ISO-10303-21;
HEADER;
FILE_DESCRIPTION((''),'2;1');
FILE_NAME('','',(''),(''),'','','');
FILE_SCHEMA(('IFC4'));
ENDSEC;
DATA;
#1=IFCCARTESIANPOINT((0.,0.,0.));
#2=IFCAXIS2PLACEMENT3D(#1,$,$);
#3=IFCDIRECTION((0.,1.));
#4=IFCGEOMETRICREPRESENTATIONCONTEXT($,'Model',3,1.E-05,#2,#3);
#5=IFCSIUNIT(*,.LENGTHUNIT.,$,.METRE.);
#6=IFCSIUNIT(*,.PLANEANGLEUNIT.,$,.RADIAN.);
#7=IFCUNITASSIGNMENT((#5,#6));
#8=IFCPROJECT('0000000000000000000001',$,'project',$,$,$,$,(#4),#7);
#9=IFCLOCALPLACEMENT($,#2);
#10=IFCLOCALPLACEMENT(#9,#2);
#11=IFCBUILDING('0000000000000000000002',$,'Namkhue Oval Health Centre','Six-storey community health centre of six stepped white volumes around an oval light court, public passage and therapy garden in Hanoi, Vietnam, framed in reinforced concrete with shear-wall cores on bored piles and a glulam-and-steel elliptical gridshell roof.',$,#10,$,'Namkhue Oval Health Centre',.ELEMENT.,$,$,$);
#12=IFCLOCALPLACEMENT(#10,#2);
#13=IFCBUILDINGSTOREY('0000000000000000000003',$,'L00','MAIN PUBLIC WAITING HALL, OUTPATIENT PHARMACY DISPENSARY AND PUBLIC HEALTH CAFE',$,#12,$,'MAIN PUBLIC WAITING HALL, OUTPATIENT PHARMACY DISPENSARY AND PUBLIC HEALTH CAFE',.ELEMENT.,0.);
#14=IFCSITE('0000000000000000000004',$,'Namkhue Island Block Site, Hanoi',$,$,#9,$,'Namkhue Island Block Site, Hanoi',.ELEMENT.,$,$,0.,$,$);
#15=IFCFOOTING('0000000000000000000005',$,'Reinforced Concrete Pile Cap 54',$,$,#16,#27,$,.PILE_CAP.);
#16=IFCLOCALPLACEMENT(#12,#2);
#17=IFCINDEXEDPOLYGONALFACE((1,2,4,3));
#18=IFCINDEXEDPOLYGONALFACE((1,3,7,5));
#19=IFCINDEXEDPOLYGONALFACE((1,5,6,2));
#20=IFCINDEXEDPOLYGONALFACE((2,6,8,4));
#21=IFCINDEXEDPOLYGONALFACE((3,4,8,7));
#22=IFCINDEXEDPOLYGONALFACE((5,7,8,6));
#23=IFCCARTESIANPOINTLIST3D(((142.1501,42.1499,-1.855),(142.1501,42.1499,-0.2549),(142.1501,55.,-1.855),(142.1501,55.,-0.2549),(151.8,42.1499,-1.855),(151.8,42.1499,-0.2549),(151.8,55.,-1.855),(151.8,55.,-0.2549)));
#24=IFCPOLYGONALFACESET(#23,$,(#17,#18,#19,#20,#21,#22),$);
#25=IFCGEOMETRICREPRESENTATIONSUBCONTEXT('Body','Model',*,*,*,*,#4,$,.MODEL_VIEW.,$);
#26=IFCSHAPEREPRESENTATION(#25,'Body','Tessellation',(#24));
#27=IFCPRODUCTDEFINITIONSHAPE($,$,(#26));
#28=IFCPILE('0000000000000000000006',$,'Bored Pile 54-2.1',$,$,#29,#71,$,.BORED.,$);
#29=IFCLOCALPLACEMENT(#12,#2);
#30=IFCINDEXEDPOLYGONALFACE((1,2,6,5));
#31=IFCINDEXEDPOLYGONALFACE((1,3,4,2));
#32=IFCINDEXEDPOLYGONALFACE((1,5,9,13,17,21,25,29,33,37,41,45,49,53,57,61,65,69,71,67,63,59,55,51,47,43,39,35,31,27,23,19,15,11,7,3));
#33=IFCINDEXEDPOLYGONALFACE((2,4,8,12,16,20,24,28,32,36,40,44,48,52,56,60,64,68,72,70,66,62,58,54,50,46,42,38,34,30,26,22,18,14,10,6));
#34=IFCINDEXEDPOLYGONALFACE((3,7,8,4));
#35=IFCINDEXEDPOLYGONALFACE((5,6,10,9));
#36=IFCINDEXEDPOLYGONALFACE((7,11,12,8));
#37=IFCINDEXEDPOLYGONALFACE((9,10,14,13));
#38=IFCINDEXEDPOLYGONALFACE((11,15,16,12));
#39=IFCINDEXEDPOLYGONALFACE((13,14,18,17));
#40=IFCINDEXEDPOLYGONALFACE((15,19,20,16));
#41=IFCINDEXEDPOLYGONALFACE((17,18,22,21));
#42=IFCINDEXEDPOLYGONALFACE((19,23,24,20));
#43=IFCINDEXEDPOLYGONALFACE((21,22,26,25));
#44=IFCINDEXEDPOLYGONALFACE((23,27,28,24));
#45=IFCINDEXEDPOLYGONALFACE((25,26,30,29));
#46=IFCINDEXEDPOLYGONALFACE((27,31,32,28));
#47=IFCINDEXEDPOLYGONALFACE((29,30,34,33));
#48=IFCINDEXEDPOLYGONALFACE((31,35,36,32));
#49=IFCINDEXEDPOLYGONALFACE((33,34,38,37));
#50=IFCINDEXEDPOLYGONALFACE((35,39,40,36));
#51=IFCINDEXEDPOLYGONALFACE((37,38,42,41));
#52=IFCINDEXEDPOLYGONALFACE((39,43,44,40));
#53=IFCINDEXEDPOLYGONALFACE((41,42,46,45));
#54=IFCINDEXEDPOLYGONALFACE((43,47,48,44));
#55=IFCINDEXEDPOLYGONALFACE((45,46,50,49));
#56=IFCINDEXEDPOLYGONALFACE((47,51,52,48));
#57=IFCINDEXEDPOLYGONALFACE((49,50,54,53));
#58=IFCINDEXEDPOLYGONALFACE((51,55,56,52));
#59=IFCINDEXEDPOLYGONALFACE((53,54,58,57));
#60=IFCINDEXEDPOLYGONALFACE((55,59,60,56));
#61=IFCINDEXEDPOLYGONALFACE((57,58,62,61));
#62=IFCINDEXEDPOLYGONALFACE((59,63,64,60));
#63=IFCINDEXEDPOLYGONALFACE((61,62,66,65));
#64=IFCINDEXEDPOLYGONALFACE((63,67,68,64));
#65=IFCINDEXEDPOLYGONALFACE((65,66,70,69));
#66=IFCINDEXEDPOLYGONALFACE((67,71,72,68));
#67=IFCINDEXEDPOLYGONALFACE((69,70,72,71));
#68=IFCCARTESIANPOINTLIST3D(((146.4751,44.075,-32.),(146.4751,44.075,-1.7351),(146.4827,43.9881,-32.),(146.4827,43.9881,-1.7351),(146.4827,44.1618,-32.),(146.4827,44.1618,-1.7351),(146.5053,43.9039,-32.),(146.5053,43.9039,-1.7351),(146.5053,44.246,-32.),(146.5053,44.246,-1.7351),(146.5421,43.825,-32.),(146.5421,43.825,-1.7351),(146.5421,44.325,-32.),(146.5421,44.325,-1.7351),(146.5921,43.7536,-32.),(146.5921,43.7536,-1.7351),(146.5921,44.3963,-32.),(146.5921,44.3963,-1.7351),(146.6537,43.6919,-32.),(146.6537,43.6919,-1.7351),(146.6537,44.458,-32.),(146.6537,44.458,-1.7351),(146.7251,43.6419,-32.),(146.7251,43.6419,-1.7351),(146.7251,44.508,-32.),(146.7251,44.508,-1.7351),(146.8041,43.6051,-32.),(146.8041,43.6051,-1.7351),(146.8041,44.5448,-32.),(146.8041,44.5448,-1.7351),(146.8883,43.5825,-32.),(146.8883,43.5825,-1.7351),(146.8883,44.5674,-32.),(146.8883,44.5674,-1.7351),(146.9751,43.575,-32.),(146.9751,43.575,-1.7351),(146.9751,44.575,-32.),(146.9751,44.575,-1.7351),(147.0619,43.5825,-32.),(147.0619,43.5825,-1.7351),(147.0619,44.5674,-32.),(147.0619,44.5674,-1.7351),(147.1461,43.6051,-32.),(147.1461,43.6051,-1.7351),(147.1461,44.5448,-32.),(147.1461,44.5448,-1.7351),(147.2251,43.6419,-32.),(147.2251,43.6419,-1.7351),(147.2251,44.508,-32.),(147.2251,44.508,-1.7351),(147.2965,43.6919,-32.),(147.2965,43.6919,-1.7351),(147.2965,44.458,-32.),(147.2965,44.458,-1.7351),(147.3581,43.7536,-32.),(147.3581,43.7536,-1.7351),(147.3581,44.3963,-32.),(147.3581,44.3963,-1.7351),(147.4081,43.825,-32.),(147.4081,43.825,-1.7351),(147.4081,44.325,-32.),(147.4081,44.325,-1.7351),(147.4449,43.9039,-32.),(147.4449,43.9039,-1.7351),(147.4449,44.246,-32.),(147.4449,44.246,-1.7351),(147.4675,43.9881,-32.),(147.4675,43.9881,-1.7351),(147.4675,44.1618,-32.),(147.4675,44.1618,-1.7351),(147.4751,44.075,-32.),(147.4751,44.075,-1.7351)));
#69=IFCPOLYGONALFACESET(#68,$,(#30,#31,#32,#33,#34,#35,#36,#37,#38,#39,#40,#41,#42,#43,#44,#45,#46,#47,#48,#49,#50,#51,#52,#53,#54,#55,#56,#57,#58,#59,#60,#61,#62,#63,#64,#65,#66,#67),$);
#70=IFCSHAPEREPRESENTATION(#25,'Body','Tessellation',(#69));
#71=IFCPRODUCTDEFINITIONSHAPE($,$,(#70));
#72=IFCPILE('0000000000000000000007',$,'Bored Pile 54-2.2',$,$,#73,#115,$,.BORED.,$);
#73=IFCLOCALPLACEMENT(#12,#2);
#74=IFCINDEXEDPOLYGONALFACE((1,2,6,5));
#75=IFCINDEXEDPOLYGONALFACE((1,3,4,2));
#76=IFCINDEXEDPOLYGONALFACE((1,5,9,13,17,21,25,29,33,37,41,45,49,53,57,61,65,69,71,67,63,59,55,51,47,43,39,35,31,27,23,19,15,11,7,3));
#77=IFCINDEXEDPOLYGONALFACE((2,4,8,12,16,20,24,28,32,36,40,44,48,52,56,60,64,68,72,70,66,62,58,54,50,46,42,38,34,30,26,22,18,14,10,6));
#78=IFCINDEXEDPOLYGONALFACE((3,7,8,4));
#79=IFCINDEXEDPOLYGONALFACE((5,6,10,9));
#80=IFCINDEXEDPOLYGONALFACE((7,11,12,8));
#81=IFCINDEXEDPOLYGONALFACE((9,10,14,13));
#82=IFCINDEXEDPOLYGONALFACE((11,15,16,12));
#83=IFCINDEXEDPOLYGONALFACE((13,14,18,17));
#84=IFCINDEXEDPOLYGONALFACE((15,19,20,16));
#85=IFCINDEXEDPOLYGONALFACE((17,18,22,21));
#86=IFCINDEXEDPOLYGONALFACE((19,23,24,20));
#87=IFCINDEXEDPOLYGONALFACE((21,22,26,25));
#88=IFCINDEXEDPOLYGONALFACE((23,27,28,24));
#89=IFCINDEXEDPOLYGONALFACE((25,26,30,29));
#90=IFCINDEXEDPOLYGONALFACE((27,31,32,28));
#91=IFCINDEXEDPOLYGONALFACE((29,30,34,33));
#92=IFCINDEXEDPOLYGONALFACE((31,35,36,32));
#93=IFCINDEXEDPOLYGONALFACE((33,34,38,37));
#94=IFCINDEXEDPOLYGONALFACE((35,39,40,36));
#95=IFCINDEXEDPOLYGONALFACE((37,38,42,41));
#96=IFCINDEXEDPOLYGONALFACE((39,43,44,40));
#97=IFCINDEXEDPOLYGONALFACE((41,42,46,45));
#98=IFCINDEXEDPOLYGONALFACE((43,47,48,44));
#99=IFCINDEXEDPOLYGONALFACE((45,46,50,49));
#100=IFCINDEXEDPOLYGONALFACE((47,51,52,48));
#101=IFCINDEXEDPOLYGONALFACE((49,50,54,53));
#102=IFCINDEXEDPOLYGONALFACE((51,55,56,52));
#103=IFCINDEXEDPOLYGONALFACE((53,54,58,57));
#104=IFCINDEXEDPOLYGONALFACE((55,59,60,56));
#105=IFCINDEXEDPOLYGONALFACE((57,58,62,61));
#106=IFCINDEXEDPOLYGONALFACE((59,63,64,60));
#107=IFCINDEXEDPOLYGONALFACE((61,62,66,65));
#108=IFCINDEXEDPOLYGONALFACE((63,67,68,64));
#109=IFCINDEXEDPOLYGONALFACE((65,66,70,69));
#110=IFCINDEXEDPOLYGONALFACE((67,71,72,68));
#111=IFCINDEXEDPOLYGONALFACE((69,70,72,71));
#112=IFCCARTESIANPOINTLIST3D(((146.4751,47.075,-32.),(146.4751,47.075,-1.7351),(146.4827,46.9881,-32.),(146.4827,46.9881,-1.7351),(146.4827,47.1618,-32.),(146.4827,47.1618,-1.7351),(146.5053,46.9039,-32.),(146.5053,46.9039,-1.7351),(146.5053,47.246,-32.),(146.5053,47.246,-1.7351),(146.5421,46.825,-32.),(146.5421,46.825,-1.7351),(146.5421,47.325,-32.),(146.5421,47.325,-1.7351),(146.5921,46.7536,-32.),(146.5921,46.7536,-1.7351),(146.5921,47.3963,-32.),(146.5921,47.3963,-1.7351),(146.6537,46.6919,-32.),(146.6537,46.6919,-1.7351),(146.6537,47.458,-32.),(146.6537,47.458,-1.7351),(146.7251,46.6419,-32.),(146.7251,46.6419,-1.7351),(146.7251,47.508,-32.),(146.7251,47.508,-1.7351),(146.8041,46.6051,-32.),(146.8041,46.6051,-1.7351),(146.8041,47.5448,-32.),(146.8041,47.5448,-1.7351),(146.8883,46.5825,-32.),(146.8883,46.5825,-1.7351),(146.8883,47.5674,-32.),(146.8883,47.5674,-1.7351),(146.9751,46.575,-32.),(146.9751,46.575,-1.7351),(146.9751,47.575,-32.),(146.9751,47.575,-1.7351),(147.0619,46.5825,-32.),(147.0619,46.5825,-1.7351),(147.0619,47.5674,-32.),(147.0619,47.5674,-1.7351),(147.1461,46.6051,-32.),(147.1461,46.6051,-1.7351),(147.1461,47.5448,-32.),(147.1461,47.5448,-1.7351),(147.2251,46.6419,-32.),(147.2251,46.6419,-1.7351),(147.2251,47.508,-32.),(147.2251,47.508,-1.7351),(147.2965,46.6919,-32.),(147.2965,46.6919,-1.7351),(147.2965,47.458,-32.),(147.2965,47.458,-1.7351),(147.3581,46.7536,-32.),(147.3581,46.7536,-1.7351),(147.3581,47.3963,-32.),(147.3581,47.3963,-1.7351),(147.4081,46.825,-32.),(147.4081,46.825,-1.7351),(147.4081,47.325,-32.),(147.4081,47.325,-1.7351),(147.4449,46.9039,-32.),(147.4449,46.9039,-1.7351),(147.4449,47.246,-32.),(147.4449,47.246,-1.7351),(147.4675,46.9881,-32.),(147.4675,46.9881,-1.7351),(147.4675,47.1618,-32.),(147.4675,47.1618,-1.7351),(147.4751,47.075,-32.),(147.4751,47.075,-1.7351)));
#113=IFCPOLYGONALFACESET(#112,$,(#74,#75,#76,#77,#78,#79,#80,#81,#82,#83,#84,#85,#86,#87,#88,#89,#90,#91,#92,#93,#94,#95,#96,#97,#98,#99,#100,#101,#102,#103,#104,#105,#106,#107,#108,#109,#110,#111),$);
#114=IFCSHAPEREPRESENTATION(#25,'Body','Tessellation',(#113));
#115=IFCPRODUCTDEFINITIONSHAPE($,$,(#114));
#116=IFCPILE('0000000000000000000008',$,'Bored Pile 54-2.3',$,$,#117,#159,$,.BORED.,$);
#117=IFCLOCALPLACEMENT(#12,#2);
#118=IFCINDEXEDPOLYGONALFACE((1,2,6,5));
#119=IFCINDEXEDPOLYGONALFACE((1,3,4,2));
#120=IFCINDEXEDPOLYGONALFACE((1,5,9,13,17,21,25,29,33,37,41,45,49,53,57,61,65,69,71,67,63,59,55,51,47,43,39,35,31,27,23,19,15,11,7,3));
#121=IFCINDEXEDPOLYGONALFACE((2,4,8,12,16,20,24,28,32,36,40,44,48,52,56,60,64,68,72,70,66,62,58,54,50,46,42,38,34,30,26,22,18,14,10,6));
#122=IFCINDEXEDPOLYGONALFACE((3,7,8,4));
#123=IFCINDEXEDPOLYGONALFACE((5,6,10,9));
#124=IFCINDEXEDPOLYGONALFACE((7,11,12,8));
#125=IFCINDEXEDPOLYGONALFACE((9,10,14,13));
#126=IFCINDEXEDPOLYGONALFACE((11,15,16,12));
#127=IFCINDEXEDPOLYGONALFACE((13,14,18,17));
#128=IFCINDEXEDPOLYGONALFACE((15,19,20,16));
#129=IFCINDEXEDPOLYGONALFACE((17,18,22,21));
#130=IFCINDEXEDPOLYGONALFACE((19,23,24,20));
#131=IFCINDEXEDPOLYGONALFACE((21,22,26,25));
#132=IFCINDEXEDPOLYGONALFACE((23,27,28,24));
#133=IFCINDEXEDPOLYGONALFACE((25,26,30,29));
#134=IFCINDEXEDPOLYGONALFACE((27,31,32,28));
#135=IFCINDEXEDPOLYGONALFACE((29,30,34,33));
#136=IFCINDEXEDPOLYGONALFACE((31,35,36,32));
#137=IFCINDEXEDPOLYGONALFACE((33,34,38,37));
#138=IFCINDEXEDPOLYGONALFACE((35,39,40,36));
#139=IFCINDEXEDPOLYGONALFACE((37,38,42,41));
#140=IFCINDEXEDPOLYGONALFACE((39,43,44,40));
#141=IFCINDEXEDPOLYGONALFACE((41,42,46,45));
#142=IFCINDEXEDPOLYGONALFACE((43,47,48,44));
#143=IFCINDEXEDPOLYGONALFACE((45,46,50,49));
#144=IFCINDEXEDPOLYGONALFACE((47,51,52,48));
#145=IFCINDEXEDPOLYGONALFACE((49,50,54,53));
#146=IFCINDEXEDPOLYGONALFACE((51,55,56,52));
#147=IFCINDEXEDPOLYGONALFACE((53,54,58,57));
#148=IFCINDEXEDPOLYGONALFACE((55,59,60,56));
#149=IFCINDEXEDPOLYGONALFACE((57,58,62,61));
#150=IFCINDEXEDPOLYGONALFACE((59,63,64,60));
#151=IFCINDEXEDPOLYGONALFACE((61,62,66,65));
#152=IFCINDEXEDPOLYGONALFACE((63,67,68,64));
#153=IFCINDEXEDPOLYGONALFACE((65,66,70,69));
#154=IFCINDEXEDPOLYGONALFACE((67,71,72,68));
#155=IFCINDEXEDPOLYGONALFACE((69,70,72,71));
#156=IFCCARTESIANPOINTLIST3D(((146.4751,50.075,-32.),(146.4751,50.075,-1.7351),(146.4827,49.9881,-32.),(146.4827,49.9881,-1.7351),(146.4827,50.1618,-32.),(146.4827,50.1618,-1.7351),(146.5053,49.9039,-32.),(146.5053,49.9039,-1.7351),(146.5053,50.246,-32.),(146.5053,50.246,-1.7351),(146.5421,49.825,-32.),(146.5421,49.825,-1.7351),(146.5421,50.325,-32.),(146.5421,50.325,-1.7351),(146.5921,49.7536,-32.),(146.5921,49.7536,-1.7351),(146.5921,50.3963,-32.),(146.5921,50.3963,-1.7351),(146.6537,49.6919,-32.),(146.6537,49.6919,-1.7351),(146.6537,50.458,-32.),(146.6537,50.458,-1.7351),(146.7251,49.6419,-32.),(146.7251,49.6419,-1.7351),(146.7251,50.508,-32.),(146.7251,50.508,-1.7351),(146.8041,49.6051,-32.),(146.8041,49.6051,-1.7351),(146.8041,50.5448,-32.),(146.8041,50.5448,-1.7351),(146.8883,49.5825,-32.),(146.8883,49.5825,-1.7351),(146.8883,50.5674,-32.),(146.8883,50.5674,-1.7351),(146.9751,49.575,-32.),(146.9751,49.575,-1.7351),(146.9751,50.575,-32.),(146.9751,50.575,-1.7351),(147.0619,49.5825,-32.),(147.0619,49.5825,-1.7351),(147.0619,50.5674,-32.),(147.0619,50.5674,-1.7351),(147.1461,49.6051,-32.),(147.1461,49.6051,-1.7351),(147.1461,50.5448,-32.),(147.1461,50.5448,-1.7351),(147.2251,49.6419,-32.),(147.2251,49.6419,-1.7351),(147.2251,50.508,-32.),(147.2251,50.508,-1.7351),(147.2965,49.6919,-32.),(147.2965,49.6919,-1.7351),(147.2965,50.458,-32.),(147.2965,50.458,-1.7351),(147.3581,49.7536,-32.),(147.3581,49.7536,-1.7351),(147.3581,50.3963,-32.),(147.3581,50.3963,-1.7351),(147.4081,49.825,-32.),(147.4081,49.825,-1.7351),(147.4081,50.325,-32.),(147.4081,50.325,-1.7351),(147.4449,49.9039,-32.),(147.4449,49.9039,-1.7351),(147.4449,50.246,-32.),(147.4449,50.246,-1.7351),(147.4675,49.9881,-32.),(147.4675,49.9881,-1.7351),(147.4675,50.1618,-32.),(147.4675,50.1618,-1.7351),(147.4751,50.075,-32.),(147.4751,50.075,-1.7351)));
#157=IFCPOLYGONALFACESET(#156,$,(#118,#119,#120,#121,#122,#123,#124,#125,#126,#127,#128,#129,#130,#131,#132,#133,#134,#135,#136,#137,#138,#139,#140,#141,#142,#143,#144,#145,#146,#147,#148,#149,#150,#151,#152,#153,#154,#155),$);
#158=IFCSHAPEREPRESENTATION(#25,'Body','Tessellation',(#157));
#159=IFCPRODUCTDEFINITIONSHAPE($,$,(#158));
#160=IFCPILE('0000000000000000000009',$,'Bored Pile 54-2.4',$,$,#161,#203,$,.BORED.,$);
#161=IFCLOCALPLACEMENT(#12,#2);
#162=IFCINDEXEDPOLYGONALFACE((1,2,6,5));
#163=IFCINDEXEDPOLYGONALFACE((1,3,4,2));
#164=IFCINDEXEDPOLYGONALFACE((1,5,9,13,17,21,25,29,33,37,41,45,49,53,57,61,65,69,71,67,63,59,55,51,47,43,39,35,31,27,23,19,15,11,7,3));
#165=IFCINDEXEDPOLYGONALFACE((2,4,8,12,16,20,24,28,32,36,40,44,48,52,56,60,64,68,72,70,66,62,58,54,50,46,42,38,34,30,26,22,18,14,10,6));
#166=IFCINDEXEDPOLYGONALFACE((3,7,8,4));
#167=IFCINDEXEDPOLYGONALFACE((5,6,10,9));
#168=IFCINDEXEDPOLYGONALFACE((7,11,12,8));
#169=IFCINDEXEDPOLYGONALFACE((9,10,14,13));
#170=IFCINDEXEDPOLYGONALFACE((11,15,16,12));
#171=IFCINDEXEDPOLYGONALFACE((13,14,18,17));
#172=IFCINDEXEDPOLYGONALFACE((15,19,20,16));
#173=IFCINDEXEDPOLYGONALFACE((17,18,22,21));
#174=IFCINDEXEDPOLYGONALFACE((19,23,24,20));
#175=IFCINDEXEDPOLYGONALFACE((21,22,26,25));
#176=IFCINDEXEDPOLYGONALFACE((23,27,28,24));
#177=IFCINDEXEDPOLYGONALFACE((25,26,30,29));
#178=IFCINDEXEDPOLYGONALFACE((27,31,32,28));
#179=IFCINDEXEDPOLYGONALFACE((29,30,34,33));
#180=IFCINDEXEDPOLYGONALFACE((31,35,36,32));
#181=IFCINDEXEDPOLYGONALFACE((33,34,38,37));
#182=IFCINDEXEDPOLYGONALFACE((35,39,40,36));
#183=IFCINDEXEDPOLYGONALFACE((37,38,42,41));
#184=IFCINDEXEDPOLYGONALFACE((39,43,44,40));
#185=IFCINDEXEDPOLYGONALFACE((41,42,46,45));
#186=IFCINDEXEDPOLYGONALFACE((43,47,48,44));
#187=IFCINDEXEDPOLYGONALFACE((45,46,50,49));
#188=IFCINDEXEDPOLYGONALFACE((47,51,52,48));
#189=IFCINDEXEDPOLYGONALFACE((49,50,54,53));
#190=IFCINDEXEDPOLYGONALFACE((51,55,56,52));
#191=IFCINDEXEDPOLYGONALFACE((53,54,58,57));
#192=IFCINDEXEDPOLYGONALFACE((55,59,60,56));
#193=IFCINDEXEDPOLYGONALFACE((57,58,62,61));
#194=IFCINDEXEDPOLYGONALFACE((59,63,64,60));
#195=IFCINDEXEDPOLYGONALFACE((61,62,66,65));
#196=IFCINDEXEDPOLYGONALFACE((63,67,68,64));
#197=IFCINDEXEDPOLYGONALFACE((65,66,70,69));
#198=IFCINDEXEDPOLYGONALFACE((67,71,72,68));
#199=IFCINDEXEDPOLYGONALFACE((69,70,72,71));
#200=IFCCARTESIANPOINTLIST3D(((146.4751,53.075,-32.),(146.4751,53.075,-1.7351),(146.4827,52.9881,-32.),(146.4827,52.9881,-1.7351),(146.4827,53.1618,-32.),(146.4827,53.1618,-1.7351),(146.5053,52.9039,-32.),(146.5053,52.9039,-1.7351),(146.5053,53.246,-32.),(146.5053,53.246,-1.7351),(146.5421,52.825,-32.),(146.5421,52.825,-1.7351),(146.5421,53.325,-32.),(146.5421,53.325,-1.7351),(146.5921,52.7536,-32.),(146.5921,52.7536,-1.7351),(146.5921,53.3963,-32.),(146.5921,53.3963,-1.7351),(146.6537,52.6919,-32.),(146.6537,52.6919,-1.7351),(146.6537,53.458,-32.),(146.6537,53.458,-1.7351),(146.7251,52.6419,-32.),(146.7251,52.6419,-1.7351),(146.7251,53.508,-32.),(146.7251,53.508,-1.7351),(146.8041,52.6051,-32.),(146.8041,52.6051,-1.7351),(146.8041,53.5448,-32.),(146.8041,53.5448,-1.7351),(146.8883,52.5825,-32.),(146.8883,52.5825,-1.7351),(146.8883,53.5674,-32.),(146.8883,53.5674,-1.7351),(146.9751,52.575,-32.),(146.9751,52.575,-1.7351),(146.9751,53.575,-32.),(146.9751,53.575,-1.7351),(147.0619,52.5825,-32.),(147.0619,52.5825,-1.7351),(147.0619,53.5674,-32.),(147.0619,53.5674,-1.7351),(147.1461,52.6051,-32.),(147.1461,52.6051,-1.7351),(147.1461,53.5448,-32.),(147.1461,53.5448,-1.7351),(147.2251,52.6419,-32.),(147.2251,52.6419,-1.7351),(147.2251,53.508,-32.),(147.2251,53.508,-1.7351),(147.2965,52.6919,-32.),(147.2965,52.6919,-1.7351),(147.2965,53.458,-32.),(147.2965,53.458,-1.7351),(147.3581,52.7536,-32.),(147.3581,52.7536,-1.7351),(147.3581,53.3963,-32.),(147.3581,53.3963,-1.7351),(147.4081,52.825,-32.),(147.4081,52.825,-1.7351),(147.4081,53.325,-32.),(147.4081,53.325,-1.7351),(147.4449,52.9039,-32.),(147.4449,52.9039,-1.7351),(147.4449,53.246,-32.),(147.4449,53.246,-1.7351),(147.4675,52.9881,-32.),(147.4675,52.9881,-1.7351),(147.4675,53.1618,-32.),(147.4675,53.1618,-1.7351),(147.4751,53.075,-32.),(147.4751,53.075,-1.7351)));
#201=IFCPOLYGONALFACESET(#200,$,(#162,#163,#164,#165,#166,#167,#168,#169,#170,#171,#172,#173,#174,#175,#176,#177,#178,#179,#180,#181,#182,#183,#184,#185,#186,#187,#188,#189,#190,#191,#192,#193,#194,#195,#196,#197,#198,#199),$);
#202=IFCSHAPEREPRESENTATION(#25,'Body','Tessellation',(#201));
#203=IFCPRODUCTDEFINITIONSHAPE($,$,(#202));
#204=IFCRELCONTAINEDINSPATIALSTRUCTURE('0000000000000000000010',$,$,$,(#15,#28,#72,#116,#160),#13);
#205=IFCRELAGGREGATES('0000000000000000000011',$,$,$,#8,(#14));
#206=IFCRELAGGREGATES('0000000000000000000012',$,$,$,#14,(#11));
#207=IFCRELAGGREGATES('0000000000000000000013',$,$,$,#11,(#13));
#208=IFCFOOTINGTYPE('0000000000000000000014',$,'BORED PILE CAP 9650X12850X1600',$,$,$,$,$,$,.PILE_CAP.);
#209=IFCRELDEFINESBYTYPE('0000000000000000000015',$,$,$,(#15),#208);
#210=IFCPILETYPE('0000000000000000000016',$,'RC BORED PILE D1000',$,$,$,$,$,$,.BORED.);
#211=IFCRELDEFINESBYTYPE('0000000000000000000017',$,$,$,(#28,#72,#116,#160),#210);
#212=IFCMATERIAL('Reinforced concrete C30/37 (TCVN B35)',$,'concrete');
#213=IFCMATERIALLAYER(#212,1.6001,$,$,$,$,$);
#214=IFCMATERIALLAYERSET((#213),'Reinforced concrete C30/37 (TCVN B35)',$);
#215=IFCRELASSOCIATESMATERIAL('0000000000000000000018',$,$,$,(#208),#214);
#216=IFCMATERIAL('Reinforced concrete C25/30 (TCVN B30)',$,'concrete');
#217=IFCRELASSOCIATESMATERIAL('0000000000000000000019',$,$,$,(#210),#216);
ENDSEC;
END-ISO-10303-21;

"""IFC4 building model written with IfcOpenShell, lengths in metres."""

from ifc_helpers import new_model, si_unit, direction, frame, origin, origin_2d, place, context, subcontext, project, spatial, rectangle, circle, extrude, material, layer, layer_set, material_profile, profile_set, type_object, element, save


model = new_model("IFC4")

# Units and contexts
model_context = context("Model", 3, precision=1e-05, world=origin(), true_north=direction((0.0, 1.0)))
body_context = subcontext(model_context, "Body", "Model", "MODEL_VIEW")
ifc_project = project(units=[si_unit("LENGTHUNIT", "METRE"), si_unit("PLANEANGLEUNIT", "RADIAN")], contexts=[model_context])

# Site, building, storey
site_placement = place(None, origin())
site = spatial("IfcSite", under=ifc_project, at=site_placement, Name="Namkhue Island Block Site, Hanoi", LongName="Namkhue Island Block Site, Hanoi", CompositionType="ELEMENT", RefElevation=0.0)
building_placement = place(site_placement, origin())
building = spatial("IfcBuilding", under=site, at=building_placement, Name="Namkhue Oval Health Centre", Description="Six-storey community health centre of six stepped white volumes around an oval light court, public passage and therapy garden in Hanoi, Vietnam, framed in reinforced concrete with shear-wall cores on bored piles and a glulam-and-steel elliptical gridshell roof.", LongName="Namkhue Oval Health Centre", CompositionType="ELEMENT")
storey_placement = place(building_placement, origin())
storey = spatial("IfcBuildingStorey", under=building, at=storey_placement, Name="L00", Description="MAIN PUBLIC WAITING HALL, OUTPATIENT PHARMACY DISPENSARY AND PUBLIC HEALTH CAFE", LongName="MAIN PUBLIC WAITING HALL, OUTPATIENT PHARMACY DISPENSARY AND PUBLIC HEALTH CAFE", CompositionType="ELEMENT", Elevation=0.0)

# Footing
ifc_material_1 = material(Name="Reinforced concrete C30/37 (TCVN B35)", Category="concrete")
ifc_layer_1 = layer(ifc_material_1, 1.6001)
ifc_layer_set_1 = layer_set([ifc_layer_1], Name="Reinforced concrete C30/37 (TCVN B35)")
footing_type = type_object("IfcFootingType", Name="BORED PILE CAP 9650X12850X1600", PredefinedType="PILE_CAP", material=ifc_layer_set_1)
footing_placement = place(storey_placement, frame((146.9751, 48.575, -1.855), z_axis=(0.0, 0.0, 1.0), x_axis=(1.0, 0.0, 0.0)))
element("IfcFooting", 1, at=footing_placement, inside=storey, type_object=footing_type, Name="Reinforced Concrete Pile Cap 54", PredefinedType="PILE_CAP", context=body_context, shape_type="SweptSolid", body=[
    extrude(rectangle(XDim=9.6499, YDim=12.8501, at=origin_2d()), origin(), (0.0, 0.0, 1.0), 1.6001),
])

# Piles
ifc_material_2 = material(Name="Reinforced concrete C25/30 (TCVN B30)", Category="concrete")
ifc_material_profile_1 = material_profile(ifc_material_2, circle(Radius=0.5, at=origin_2d()), Name="BORED PILE D1000")
ifc_profile_set_1 = profile_set([ifc_material_profile_1], Name="Reinforced concrete C25/30 (TCVN B30)")
pile_type = type_object("IfcPileType", Name="RC BORED PILE D1000", PredefinedType="BORED", material=ifc_profile_set_1)
for number, where, z_axis, x_axis, name in (
    (2, (146.9751, 44.075, -1.7351), (0.0, 0.0, -1.0), (1.0, 0.0, 0.0), "Bored Pile 54-2.1"),
    (3, (146.9751, 47.075, -1.7351), (0.0, 0.0, -1.0), (1.0, 0.0, 0.0), "Bored Pile 54-2.2"),
    (4, (146.9751, 50.075, -1.7351), (0.0, 0.0, -1.0), (1.0, 0.0, 0.0), "Bored Pile 54-2.3"),
    (5, (146.9751, 53.075, -1.7351), (0.0, 0.0, -1.0), (1.0, 0.0, 0.0), "Bored Pile 54-2.4"),
):
    element("IfcPile", number, at=place(storey_placement, frame(where, z_axis=z_axis, x_axis=x_axis)), inside=storey, type_object=pile_type, Name=name, PredefinedType="BORED", context=body_context, shape_type="SweptSolid", body=[
        extrude(circle(Radius=0.5, at=origin_2d()), origin(), (0.0, 0.0, 1.0), 30.2649),
    ])

save(model, "model.ifc")
